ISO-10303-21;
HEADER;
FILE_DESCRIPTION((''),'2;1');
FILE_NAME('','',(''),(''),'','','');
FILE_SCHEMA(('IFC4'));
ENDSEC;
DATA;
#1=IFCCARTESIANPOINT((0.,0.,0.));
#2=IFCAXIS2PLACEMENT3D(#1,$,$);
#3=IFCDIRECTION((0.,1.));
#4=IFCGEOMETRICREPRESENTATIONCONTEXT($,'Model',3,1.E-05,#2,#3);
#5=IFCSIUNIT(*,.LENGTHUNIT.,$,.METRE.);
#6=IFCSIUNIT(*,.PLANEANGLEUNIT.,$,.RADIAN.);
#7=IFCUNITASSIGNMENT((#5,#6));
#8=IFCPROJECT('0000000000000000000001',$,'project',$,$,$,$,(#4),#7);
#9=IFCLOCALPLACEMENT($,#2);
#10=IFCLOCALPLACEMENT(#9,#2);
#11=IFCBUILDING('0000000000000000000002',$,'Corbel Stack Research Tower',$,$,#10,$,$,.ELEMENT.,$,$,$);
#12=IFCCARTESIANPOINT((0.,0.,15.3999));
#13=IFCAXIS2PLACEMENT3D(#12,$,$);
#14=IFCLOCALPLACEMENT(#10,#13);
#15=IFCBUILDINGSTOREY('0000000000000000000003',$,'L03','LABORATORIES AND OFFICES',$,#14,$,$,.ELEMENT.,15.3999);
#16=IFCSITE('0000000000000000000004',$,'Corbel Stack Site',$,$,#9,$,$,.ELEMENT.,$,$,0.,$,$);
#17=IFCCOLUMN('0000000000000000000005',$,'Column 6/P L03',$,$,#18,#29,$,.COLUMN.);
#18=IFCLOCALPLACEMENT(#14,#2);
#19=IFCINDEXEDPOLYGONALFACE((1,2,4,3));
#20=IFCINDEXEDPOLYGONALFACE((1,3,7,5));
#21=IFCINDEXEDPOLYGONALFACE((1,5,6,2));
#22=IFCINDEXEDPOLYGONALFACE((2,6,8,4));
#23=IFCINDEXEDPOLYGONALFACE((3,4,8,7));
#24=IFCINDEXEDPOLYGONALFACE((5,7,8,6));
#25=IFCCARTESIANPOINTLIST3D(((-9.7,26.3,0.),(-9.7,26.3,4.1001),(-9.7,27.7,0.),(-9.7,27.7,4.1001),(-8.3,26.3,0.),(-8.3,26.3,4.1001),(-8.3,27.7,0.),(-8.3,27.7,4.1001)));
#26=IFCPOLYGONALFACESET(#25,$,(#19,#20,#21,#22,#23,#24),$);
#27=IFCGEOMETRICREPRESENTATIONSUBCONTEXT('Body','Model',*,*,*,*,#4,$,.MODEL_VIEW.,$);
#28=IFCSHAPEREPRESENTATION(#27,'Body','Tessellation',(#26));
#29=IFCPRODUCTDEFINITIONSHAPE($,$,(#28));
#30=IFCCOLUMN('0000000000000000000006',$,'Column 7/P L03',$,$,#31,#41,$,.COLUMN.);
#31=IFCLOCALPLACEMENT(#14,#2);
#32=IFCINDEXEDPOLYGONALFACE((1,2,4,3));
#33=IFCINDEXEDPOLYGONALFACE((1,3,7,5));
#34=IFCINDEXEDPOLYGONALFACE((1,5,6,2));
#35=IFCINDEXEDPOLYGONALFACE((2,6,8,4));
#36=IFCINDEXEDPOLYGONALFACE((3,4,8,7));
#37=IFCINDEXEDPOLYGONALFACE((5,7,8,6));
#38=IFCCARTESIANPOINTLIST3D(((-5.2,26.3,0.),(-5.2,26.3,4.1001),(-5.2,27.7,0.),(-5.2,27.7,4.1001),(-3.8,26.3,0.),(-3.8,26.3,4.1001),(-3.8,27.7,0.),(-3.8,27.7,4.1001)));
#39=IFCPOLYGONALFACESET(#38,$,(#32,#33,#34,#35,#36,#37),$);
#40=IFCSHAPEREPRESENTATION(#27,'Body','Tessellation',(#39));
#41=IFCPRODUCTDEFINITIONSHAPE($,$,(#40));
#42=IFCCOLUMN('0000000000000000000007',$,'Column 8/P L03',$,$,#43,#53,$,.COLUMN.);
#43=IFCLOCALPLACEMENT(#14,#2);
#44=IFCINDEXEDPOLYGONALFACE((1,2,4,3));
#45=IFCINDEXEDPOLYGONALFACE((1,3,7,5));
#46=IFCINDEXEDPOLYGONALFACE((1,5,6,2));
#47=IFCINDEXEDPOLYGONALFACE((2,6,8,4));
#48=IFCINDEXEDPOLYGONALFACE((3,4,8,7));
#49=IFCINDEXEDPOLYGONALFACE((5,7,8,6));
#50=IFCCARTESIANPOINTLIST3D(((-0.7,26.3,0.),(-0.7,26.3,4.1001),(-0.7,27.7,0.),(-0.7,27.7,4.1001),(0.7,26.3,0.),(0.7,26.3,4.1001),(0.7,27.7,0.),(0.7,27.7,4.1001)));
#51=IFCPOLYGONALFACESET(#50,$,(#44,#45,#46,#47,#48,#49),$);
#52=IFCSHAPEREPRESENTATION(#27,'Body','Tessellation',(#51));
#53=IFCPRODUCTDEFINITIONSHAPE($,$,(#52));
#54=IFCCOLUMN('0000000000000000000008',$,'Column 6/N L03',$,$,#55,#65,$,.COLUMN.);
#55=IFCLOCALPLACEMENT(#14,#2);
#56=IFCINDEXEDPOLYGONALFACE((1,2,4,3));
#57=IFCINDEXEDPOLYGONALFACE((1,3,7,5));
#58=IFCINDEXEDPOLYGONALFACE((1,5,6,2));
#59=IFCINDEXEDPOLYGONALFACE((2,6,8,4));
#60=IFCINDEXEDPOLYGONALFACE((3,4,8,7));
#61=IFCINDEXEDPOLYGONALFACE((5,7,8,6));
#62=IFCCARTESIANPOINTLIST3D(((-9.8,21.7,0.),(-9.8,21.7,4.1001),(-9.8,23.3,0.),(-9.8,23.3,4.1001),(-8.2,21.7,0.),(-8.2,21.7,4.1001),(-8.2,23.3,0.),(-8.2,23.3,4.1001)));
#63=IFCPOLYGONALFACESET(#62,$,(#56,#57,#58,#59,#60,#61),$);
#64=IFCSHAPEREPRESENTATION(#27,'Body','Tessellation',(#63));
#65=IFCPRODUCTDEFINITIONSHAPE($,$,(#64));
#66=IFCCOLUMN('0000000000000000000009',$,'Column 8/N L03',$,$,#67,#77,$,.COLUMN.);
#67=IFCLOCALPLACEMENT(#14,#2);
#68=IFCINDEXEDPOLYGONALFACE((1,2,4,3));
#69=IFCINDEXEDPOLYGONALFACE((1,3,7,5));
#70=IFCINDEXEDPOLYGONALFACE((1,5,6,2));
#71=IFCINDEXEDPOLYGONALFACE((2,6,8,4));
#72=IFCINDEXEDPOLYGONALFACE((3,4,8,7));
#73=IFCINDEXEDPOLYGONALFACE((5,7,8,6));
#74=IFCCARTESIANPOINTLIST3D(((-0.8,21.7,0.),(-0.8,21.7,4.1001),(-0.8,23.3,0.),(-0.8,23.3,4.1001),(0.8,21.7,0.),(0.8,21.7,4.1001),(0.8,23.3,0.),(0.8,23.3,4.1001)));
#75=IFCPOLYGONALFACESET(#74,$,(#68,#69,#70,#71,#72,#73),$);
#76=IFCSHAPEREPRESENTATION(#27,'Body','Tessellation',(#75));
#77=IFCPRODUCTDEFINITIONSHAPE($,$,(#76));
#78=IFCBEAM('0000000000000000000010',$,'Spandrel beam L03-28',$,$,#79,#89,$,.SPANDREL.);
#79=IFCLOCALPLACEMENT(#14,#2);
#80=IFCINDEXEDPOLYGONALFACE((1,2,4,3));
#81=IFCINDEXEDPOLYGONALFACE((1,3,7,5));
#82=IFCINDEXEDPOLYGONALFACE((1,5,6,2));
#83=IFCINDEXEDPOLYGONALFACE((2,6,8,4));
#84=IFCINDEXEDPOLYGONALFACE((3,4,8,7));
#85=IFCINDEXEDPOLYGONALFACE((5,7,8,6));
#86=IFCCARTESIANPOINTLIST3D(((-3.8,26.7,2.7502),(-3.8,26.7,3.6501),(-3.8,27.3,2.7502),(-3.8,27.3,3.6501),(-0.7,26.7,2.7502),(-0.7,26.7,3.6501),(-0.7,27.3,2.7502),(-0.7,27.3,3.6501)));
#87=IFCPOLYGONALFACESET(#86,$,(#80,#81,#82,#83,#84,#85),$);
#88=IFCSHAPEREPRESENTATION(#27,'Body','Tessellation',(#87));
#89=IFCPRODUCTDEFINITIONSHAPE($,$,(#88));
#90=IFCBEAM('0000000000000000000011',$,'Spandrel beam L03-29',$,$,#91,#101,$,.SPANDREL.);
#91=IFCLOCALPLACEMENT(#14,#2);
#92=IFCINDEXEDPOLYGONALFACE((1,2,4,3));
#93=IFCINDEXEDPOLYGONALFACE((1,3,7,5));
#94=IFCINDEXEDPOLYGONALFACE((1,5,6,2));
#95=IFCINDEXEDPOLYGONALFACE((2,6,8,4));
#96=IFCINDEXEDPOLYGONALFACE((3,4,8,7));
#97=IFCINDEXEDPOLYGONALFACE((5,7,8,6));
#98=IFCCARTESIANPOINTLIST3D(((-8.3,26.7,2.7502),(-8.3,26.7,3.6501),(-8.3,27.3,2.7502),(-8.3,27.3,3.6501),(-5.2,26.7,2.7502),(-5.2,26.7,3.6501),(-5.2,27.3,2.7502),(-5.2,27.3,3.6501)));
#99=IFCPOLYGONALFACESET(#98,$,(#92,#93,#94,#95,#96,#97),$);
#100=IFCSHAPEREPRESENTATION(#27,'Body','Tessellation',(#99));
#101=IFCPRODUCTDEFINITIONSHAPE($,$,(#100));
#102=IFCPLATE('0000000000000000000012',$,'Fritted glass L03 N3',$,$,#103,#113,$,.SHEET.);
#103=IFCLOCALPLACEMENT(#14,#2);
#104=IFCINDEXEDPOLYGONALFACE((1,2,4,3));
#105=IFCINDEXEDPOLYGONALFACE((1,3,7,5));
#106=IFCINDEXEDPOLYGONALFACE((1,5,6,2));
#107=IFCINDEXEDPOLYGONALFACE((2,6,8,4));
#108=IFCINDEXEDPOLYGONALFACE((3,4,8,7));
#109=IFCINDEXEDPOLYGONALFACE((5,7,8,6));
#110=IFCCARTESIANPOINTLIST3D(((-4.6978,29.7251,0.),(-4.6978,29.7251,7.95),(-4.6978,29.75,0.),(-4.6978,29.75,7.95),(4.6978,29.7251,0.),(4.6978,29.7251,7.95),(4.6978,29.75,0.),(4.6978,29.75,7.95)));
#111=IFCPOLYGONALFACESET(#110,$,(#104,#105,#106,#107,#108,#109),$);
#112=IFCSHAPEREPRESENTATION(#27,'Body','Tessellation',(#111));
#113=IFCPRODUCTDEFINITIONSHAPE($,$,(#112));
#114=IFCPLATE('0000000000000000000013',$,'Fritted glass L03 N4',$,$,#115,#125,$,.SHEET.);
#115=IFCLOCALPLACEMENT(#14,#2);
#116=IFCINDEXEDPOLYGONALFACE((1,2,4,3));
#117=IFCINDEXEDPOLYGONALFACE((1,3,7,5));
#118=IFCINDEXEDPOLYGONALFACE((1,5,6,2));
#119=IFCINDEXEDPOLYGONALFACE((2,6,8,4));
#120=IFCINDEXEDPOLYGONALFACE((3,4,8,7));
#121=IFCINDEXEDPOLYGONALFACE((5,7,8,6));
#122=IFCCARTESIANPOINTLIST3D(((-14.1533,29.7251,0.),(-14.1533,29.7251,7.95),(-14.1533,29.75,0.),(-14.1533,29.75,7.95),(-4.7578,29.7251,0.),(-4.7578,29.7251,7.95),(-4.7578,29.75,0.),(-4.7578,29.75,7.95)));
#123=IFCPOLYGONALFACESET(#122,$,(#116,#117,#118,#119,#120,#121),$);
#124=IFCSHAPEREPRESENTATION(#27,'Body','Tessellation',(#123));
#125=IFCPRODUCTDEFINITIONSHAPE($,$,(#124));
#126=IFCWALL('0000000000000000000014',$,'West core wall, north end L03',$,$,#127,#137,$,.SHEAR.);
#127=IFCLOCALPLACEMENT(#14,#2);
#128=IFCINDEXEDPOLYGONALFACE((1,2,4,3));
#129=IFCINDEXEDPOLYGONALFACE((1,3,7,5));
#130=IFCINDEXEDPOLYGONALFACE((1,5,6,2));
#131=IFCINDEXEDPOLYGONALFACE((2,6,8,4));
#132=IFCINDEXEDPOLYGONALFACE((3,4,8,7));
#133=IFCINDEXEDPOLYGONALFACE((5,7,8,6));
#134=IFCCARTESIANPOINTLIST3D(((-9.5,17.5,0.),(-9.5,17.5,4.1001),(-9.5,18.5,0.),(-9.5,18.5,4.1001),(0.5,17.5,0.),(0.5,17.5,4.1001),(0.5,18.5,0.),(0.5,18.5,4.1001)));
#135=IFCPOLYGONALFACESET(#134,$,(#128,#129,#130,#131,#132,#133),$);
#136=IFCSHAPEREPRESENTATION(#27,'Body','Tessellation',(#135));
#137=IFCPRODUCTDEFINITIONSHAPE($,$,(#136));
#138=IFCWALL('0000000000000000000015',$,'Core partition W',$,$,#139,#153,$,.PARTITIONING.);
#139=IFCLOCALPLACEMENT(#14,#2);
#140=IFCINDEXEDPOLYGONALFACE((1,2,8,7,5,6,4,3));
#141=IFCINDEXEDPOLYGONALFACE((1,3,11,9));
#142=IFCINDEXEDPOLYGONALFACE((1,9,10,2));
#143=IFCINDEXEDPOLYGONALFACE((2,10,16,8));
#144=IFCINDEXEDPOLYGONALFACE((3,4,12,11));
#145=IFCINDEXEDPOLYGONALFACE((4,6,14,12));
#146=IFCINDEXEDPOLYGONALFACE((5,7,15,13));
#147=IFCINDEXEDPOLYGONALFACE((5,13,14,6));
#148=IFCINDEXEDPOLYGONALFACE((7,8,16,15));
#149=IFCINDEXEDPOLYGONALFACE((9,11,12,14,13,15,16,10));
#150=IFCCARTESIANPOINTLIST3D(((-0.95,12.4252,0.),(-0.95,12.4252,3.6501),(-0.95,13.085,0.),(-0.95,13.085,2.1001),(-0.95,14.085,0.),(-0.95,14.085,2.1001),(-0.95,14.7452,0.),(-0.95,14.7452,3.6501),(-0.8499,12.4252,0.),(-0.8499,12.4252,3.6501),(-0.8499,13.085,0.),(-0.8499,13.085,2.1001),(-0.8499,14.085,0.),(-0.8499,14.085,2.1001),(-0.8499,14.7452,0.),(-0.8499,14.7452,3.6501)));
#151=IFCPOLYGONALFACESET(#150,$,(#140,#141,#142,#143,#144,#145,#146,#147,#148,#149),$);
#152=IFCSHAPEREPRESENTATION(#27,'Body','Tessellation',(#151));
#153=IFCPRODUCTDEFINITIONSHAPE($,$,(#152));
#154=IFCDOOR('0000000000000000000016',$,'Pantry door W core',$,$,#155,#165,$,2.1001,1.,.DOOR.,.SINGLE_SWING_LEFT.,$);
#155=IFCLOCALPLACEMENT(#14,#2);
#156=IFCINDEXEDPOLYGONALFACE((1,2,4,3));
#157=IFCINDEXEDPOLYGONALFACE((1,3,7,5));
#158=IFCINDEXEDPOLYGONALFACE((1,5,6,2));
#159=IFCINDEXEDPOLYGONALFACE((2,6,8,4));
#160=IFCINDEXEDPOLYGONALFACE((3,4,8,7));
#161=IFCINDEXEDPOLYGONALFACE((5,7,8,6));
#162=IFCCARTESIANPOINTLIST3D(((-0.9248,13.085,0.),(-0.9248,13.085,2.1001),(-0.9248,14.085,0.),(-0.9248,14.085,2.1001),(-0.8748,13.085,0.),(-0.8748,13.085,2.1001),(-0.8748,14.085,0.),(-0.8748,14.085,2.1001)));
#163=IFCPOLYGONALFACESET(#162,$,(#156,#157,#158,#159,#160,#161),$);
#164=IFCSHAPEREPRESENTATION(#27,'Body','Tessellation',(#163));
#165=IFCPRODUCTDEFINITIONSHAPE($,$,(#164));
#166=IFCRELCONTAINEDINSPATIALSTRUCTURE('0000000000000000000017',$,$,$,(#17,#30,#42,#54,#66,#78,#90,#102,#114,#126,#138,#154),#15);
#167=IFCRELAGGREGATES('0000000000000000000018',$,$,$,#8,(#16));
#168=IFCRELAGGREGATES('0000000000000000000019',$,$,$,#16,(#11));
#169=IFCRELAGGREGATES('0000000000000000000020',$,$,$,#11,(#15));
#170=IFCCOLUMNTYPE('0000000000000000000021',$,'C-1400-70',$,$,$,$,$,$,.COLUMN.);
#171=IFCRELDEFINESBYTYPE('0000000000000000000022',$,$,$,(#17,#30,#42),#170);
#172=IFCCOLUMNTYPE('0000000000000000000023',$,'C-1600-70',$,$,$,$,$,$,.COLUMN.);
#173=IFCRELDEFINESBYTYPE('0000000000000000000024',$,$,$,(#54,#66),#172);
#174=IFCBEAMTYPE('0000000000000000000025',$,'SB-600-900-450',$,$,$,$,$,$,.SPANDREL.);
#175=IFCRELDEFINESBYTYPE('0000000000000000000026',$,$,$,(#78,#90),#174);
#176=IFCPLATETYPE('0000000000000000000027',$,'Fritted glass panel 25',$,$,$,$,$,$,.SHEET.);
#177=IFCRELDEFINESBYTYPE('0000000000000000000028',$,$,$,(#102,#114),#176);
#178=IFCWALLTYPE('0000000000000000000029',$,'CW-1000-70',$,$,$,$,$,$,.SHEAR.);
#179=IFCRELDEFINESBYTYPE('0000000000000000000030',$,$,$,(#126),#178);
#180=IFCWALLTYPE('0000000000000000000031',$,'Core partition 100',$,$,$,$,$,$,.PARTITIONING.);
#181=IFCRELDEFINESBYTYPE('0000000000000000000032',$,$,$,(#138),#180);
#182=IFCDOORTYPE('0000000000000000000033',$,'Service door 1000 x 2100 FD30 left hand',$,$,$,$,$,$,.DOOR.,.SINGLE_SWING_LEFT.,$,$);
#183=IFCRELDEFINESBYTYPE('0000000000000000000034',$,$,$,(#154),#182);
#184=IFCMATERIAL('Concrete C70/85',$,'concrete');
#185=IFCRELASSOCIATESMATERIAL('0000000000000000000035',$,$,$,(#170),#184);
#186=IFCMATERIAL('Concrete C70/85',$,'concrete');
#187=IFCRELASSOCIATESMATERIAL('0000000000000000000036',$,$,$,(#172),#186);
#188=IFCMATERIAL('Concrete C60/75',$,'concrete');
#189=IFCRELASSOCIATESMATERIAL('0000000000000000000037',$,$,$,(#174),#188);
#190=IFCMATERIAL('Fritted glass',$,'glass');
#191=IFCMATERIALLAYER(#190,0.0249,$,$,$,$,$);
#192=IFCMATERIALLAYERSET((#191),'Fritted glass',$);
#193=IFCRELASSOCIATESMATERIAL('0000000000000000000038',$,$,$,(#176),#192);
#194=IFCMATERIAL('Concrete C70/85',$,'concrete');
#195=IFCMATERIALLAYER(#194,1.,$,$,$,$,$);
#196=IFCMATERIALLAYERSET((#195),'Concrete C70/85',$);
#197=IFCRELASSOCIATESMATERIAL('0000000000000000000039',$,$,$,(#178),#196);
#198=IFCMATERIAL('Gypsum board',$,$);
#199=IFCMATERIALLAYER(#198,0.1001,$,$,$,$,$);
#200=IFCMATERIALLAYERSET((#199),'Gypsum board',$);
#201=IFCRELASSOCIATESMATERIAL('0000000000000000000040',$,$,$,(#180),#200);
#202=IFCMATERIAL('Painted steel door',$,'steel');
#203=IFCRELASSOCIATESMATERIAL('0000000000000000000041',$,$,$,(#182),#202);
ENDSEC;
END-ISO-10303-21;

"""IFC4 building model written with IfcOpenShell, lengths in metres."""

from ifc_helpers import new_model, si_unit, direction, frame, frame_2d, origin, origin_2d, place, context, subcontext, project, spatial, rectangle, extrude, material, layer, layer_set, material_profile, profile_set, type_object, element, fill, save


model = new_model("IFC4")

# Units and contexts
model_context = context("Model", 3, precision=1e-05, world=origin(), true_north=direction((0.0, 1.0)))
body_context = subcontext(model_context, "Body", "Model", "MODEL_VIEW")
ifc_project = project(units=[si_unit("LENGTHUNIT", "METRE"), si_unit("PLANEANGLEUNIT", "RADIAN")], contexts=[model_context])

# Site, building, storey
site_placement = place(None, origin())
site = spatial("IfcSite", under=ifc_project, at=site_placement, Name="Corbel Stack Site", CompositionType="ELEMENT", RefElevation=0.0)
building_placement = place(site_placement, origin())
building = spatial("IfcBuilding", under=site, at=building_placement, Name="Corbel Stack Research Tower", CompositionType="ELEMENT")
storey_placement = place(building_placement, frame((0.0, 0.0, 15.3999)))
storey = spatial("IfcBuildingStorey", under=building, at=storey_placement, Name="L03", Description="LABORATORIES AND OFFICES", CompositionType="ELEMENT", Elevation=15.3999)

# Columns
ifc_material_1 = material(Name="Concrete C70/85", Category="concrete")
ifc_material_profile_1 = material_profile(ifc_material_1, rectangle(XDim=1.3999, YDim=1.3999, at=origin_2d()), Name="RC 1400 x 1400")
ifc_profile_set_1 = profile_set([ifc_material_profile_1], Name="Concrete C70/85")
column_type_1 = type_object("IfcColumnType", Name="C-1400-70", PredefinedType="COLUMN", material=ifc_profile_set_1)
for number, where, z_axis, x_axis, name in (
    (1, (-9.0, 27.0, 0.0), (0.0, 0.0, 1.0), (1.0, 0.0, 0.0), "Column 6/P L03"),
    (2, (-4.5, 27.0, 0.0), (0.0, 0.0, 1.0), (1.0, 0.0, 0.0), "Column 7/P L03"),
    (3, (0.0, 27.0, 0.0), (0.0, 0.0, 1.0), (1.0, 0.0, 0.0), "Column 8/P L03"),
):
    element("IfcColumn", number, at=place(storey_placement, frame(where, z_axis=z_axis, x_axis=x_axis)), inside=storey, type_object=column_type_1, Name=name, PredefinedType="COLUMN", context=body_context, shape_type="SweptSolid", body=[
        extrude(rectangle(XDim=1.3999, YDim=1.3999, at=origin_2d()), origin(), (0.0, 0.0, 1.0), 4.1001),
    ])
ifc_material_2 = material(Name="Concrete C70/85", Category="concrete")
ifc_material_profile_2 = material_profile(ifc_material_2, rectangle(XDim=1.6001, YDim=1.6001, at=origin_2d()), Name="RC 1600 x 1600")
ifc_profile_set_2 = profile_set([ifc_material_profile_2], Name="Concrete C70/85")
column_type_2 = type_object("IfcColumnType", Name="C-1600-70", PredefinedType="COLUMN", material=ifc_profile_set_2)
for number, where, z_axis, x_axis, name in (
    (4, (-9.0, 22.5, 0.0), (0.0, 0.0, 1.0), (1.0, 0.0, 0.0), "Column 6/N L03"),
    (5, (0.0, 22.5, 0.0), (0.0, 0.0, 1.0), (1.0, 0.0, 0.0), "Column 8/N L03"),
):
    element("IfcColumn", number, at=place(storey_placement, frame(where, z_axis=z_axis, x_axis=x_axis)), inside=storey, type_object=column_type_2, Name=name, PredefinedType="COLUMN", context=body_context, shape_type="SweptSolid", body=[
        extrude(rectangle(XDim=1.6001, YDim=1.6001, at=origin_2d()), origin(), (0.0, 0.0, 1.0), 4.1001),
    ])

# Beams
ifc_material_3 = material(Name="Concrete C60/75", Category="concrete")
ifc_material_profile_3 = material_profile(ifc_material_3, rectangle(XDim=0.6001, YDim=0.8999, at=origin_2d()), Name="RC 600 x 900")
ifc_profile_set_3 = profile_set([ifc_material_profile_3], Name="Concrete C60/75")
beam_type = type_object("IfcBeamType", Name="SB-600-900-450", PredefinedType="SPANDREL", material=ifc_profile_set_3)
for number, where, z_axis, x_axis, name in (
    (6, (-0.7, 27.0, 3.2002), (-1.0, 0.0, 0.0), (0.0, -1.0, 0.0), "Spandrel beam L03-28"),
    (7, (-5.2, 27.0, 3.2002), (-1.0, 0.0, 0.0), (0.0, -1.0, 0.0), "Spandrel beam L03-29"),
):
    element("IfcBeam", number, at=place(storey_placement, frame(where, z_axis=z_axis, x_axis=x_axis)), inside=storey, type_object=beam_type, Name=name, PredefinedType="SPANDREL", context=body_context, shape_type="SweptSolid", body=[
        extrude(rectangle(XDim=0.6001, YDim=0.8999, at=origin_2d()), origin(), (0.0, 0.0, 1.0), 3.1001),
    ])

# Plates
ifc_material_4 = material(Name="Fritted glass", Category="glass")
ifc_layer_1 = layer(ifc_material_4, 0.0249)
ifc_layer_set_1 = layer_set([ifc_layer_1], Name="Fritted glass")
plate_type = type_object("IfcPlateType", Name="Fritted glass panel 25", PredefinedType="SHEET", material=ifc_layer_set_1)
for number, where, z_axis, x_axis, name in (
    (8, (0.0, 29.7375, 0.0), (0.0, 0.0, 1.0), (-1.0, 0.0, 0.0), "Fritted glass L03 N3"),
    (9, (-9.4556, 29.7375, 0.0), (0.0, 0.0, 1.0), (-1.0, 0.0, 0.0), "Fritted glass L03 N4"),
):
    element("IfcPlate", number, at=place(storey_placement, frame(where, z_axis=z_axis, x_axis=x_axis)), inside=storey, type_object=plate_type, Name=name, PredefinedType="SHEET", context=body_context, shape_type="SweptSolid", body=[
        extrude(rectangle(XDim=9.3955, YDim=0.0249, at=origin_2d()), origin(), (0.0, 0.0, 1.0), 7.95),
    ])

# Wall
ifc_material_5 = material(Name="Concrete C70/85", Category="concrete")
ifc_layer_2 = layer(ifc_material_5, 1.0)
ifc_layer_set_2 = layer_set([ifc_layer_2], Name="Concrete C70/85")
wall_type_1 = type_object("IfcWallType", Name="CW-1000-70", PredefinedType="SHEAR", material=ifc_layer_set_2)
wall_1_placement = place(storey_placement, frame((-9.5, 18.0, 0.0), z_axis=(0.0, 0.0, 1.0), x_axis=(1.0, 0.0, 0.0)))
element("IfcWall", 10, at=wall_1_placement, inside=storey, type_object=wall_type_1, Name="West core wall, north end L03", PredefinedType="SHEAR", context=body_context, shape_type="SweptSolid", body=[
    extrude(rectangle(XDim=10.0, YDim=1.0, at=frame_2d((5.0, 0.0))), origin(), (0.0, 0.0, 1.0), 4.1001),
])

# Wall, opening, door
ifc_material_6 = material(Name="Gypsum board")
ifc_layer_3 = layer(ifc_material_6, 0.1001)
ifc_layer_set_3 = layer_set([ifc_layer_3], Name="Gypsum board")
wall_type_2 = type_object("IfcWallType", Name="Core partition 100", PredefinedType="PARTITIONING", material=ifc_layer_set_3)
wall_2_placement = place(storey_placement, frame((-0.8999, 12.425, 0.0), z_axis=(0.0, 0.0, 1.0), x_axis=(0.0, 1.0, 0.0)))
wall_2 = element("IfcWall", 11, at=wall_2_placement, inside=storey, type_object=wall_type_2, Name="Core partition W", PredefinedType="PARTITIONING", context=body_context, shape_type="SweptSolid", body=[
    extrude(rectangle(XDim=2.3201, YDim=0.1001, at=frame_2d((1.1602, 0.0))), origin(), (0.0, 0.0, 1.0), 3.6501),
])
opening_1_placement = place(wall_2_placement, frame((0.6599, 0.0, 0.0)))
opening_1 = element("IfcOpeningElement", 12, at=opening_1_placement, cuts=wall_2, PredefinedType="OPENING", context=body_context, shape_type="SweptSolid", body=[
    extrude(rectangle(XDim=1.0, YDim=2.1001, at=frame_2d((0.5, 1.05))), frame((0.0, 0.0601, 0.0), z_axis=(0.0, -1.0, 0.0), x_axis=(1.0, 0.0, 0.0)), (0.0, 0.0, 1.0), 0.1201),
])
ifc_material_7 = material(Name="Painted steel door", Category="steel")
door_type_1 = type_object("IfcDoorType", Name="Service door 1000 x 2100 FD30 left hand", OperationType="SINGLE_SWING_LEFT", PredefinedType="DOOR", material=ifc_material_7)
door_1_placement = place(opening_1_placement, origin())
door_1 = element("IfcDoor", 13, at=door_1_placement, inside=storey, type_object=door_type_1, Name="Pantry door W core", OperationType="SINGLE_SWING_LEFT", OverallHeight=2.1001, OverallWidth=1.0, PredefinedType="DOOR", context=body_context, shape_type="SweptSolid", body=[
    extrude(rectangle(XDim=1.0, YDim=2.1001, at=frame_2d((0.5, 1.05))), frame((0.0, 0.0249, 0.0), z_axis=(0.0, -1.0, 0.0), x_axis=(1.0, 0.0, 0.0)), (0.0, 0.0, 1.0), 0.05),
])
fill(opening_1, door_1)

save(model, "model.ifc")
